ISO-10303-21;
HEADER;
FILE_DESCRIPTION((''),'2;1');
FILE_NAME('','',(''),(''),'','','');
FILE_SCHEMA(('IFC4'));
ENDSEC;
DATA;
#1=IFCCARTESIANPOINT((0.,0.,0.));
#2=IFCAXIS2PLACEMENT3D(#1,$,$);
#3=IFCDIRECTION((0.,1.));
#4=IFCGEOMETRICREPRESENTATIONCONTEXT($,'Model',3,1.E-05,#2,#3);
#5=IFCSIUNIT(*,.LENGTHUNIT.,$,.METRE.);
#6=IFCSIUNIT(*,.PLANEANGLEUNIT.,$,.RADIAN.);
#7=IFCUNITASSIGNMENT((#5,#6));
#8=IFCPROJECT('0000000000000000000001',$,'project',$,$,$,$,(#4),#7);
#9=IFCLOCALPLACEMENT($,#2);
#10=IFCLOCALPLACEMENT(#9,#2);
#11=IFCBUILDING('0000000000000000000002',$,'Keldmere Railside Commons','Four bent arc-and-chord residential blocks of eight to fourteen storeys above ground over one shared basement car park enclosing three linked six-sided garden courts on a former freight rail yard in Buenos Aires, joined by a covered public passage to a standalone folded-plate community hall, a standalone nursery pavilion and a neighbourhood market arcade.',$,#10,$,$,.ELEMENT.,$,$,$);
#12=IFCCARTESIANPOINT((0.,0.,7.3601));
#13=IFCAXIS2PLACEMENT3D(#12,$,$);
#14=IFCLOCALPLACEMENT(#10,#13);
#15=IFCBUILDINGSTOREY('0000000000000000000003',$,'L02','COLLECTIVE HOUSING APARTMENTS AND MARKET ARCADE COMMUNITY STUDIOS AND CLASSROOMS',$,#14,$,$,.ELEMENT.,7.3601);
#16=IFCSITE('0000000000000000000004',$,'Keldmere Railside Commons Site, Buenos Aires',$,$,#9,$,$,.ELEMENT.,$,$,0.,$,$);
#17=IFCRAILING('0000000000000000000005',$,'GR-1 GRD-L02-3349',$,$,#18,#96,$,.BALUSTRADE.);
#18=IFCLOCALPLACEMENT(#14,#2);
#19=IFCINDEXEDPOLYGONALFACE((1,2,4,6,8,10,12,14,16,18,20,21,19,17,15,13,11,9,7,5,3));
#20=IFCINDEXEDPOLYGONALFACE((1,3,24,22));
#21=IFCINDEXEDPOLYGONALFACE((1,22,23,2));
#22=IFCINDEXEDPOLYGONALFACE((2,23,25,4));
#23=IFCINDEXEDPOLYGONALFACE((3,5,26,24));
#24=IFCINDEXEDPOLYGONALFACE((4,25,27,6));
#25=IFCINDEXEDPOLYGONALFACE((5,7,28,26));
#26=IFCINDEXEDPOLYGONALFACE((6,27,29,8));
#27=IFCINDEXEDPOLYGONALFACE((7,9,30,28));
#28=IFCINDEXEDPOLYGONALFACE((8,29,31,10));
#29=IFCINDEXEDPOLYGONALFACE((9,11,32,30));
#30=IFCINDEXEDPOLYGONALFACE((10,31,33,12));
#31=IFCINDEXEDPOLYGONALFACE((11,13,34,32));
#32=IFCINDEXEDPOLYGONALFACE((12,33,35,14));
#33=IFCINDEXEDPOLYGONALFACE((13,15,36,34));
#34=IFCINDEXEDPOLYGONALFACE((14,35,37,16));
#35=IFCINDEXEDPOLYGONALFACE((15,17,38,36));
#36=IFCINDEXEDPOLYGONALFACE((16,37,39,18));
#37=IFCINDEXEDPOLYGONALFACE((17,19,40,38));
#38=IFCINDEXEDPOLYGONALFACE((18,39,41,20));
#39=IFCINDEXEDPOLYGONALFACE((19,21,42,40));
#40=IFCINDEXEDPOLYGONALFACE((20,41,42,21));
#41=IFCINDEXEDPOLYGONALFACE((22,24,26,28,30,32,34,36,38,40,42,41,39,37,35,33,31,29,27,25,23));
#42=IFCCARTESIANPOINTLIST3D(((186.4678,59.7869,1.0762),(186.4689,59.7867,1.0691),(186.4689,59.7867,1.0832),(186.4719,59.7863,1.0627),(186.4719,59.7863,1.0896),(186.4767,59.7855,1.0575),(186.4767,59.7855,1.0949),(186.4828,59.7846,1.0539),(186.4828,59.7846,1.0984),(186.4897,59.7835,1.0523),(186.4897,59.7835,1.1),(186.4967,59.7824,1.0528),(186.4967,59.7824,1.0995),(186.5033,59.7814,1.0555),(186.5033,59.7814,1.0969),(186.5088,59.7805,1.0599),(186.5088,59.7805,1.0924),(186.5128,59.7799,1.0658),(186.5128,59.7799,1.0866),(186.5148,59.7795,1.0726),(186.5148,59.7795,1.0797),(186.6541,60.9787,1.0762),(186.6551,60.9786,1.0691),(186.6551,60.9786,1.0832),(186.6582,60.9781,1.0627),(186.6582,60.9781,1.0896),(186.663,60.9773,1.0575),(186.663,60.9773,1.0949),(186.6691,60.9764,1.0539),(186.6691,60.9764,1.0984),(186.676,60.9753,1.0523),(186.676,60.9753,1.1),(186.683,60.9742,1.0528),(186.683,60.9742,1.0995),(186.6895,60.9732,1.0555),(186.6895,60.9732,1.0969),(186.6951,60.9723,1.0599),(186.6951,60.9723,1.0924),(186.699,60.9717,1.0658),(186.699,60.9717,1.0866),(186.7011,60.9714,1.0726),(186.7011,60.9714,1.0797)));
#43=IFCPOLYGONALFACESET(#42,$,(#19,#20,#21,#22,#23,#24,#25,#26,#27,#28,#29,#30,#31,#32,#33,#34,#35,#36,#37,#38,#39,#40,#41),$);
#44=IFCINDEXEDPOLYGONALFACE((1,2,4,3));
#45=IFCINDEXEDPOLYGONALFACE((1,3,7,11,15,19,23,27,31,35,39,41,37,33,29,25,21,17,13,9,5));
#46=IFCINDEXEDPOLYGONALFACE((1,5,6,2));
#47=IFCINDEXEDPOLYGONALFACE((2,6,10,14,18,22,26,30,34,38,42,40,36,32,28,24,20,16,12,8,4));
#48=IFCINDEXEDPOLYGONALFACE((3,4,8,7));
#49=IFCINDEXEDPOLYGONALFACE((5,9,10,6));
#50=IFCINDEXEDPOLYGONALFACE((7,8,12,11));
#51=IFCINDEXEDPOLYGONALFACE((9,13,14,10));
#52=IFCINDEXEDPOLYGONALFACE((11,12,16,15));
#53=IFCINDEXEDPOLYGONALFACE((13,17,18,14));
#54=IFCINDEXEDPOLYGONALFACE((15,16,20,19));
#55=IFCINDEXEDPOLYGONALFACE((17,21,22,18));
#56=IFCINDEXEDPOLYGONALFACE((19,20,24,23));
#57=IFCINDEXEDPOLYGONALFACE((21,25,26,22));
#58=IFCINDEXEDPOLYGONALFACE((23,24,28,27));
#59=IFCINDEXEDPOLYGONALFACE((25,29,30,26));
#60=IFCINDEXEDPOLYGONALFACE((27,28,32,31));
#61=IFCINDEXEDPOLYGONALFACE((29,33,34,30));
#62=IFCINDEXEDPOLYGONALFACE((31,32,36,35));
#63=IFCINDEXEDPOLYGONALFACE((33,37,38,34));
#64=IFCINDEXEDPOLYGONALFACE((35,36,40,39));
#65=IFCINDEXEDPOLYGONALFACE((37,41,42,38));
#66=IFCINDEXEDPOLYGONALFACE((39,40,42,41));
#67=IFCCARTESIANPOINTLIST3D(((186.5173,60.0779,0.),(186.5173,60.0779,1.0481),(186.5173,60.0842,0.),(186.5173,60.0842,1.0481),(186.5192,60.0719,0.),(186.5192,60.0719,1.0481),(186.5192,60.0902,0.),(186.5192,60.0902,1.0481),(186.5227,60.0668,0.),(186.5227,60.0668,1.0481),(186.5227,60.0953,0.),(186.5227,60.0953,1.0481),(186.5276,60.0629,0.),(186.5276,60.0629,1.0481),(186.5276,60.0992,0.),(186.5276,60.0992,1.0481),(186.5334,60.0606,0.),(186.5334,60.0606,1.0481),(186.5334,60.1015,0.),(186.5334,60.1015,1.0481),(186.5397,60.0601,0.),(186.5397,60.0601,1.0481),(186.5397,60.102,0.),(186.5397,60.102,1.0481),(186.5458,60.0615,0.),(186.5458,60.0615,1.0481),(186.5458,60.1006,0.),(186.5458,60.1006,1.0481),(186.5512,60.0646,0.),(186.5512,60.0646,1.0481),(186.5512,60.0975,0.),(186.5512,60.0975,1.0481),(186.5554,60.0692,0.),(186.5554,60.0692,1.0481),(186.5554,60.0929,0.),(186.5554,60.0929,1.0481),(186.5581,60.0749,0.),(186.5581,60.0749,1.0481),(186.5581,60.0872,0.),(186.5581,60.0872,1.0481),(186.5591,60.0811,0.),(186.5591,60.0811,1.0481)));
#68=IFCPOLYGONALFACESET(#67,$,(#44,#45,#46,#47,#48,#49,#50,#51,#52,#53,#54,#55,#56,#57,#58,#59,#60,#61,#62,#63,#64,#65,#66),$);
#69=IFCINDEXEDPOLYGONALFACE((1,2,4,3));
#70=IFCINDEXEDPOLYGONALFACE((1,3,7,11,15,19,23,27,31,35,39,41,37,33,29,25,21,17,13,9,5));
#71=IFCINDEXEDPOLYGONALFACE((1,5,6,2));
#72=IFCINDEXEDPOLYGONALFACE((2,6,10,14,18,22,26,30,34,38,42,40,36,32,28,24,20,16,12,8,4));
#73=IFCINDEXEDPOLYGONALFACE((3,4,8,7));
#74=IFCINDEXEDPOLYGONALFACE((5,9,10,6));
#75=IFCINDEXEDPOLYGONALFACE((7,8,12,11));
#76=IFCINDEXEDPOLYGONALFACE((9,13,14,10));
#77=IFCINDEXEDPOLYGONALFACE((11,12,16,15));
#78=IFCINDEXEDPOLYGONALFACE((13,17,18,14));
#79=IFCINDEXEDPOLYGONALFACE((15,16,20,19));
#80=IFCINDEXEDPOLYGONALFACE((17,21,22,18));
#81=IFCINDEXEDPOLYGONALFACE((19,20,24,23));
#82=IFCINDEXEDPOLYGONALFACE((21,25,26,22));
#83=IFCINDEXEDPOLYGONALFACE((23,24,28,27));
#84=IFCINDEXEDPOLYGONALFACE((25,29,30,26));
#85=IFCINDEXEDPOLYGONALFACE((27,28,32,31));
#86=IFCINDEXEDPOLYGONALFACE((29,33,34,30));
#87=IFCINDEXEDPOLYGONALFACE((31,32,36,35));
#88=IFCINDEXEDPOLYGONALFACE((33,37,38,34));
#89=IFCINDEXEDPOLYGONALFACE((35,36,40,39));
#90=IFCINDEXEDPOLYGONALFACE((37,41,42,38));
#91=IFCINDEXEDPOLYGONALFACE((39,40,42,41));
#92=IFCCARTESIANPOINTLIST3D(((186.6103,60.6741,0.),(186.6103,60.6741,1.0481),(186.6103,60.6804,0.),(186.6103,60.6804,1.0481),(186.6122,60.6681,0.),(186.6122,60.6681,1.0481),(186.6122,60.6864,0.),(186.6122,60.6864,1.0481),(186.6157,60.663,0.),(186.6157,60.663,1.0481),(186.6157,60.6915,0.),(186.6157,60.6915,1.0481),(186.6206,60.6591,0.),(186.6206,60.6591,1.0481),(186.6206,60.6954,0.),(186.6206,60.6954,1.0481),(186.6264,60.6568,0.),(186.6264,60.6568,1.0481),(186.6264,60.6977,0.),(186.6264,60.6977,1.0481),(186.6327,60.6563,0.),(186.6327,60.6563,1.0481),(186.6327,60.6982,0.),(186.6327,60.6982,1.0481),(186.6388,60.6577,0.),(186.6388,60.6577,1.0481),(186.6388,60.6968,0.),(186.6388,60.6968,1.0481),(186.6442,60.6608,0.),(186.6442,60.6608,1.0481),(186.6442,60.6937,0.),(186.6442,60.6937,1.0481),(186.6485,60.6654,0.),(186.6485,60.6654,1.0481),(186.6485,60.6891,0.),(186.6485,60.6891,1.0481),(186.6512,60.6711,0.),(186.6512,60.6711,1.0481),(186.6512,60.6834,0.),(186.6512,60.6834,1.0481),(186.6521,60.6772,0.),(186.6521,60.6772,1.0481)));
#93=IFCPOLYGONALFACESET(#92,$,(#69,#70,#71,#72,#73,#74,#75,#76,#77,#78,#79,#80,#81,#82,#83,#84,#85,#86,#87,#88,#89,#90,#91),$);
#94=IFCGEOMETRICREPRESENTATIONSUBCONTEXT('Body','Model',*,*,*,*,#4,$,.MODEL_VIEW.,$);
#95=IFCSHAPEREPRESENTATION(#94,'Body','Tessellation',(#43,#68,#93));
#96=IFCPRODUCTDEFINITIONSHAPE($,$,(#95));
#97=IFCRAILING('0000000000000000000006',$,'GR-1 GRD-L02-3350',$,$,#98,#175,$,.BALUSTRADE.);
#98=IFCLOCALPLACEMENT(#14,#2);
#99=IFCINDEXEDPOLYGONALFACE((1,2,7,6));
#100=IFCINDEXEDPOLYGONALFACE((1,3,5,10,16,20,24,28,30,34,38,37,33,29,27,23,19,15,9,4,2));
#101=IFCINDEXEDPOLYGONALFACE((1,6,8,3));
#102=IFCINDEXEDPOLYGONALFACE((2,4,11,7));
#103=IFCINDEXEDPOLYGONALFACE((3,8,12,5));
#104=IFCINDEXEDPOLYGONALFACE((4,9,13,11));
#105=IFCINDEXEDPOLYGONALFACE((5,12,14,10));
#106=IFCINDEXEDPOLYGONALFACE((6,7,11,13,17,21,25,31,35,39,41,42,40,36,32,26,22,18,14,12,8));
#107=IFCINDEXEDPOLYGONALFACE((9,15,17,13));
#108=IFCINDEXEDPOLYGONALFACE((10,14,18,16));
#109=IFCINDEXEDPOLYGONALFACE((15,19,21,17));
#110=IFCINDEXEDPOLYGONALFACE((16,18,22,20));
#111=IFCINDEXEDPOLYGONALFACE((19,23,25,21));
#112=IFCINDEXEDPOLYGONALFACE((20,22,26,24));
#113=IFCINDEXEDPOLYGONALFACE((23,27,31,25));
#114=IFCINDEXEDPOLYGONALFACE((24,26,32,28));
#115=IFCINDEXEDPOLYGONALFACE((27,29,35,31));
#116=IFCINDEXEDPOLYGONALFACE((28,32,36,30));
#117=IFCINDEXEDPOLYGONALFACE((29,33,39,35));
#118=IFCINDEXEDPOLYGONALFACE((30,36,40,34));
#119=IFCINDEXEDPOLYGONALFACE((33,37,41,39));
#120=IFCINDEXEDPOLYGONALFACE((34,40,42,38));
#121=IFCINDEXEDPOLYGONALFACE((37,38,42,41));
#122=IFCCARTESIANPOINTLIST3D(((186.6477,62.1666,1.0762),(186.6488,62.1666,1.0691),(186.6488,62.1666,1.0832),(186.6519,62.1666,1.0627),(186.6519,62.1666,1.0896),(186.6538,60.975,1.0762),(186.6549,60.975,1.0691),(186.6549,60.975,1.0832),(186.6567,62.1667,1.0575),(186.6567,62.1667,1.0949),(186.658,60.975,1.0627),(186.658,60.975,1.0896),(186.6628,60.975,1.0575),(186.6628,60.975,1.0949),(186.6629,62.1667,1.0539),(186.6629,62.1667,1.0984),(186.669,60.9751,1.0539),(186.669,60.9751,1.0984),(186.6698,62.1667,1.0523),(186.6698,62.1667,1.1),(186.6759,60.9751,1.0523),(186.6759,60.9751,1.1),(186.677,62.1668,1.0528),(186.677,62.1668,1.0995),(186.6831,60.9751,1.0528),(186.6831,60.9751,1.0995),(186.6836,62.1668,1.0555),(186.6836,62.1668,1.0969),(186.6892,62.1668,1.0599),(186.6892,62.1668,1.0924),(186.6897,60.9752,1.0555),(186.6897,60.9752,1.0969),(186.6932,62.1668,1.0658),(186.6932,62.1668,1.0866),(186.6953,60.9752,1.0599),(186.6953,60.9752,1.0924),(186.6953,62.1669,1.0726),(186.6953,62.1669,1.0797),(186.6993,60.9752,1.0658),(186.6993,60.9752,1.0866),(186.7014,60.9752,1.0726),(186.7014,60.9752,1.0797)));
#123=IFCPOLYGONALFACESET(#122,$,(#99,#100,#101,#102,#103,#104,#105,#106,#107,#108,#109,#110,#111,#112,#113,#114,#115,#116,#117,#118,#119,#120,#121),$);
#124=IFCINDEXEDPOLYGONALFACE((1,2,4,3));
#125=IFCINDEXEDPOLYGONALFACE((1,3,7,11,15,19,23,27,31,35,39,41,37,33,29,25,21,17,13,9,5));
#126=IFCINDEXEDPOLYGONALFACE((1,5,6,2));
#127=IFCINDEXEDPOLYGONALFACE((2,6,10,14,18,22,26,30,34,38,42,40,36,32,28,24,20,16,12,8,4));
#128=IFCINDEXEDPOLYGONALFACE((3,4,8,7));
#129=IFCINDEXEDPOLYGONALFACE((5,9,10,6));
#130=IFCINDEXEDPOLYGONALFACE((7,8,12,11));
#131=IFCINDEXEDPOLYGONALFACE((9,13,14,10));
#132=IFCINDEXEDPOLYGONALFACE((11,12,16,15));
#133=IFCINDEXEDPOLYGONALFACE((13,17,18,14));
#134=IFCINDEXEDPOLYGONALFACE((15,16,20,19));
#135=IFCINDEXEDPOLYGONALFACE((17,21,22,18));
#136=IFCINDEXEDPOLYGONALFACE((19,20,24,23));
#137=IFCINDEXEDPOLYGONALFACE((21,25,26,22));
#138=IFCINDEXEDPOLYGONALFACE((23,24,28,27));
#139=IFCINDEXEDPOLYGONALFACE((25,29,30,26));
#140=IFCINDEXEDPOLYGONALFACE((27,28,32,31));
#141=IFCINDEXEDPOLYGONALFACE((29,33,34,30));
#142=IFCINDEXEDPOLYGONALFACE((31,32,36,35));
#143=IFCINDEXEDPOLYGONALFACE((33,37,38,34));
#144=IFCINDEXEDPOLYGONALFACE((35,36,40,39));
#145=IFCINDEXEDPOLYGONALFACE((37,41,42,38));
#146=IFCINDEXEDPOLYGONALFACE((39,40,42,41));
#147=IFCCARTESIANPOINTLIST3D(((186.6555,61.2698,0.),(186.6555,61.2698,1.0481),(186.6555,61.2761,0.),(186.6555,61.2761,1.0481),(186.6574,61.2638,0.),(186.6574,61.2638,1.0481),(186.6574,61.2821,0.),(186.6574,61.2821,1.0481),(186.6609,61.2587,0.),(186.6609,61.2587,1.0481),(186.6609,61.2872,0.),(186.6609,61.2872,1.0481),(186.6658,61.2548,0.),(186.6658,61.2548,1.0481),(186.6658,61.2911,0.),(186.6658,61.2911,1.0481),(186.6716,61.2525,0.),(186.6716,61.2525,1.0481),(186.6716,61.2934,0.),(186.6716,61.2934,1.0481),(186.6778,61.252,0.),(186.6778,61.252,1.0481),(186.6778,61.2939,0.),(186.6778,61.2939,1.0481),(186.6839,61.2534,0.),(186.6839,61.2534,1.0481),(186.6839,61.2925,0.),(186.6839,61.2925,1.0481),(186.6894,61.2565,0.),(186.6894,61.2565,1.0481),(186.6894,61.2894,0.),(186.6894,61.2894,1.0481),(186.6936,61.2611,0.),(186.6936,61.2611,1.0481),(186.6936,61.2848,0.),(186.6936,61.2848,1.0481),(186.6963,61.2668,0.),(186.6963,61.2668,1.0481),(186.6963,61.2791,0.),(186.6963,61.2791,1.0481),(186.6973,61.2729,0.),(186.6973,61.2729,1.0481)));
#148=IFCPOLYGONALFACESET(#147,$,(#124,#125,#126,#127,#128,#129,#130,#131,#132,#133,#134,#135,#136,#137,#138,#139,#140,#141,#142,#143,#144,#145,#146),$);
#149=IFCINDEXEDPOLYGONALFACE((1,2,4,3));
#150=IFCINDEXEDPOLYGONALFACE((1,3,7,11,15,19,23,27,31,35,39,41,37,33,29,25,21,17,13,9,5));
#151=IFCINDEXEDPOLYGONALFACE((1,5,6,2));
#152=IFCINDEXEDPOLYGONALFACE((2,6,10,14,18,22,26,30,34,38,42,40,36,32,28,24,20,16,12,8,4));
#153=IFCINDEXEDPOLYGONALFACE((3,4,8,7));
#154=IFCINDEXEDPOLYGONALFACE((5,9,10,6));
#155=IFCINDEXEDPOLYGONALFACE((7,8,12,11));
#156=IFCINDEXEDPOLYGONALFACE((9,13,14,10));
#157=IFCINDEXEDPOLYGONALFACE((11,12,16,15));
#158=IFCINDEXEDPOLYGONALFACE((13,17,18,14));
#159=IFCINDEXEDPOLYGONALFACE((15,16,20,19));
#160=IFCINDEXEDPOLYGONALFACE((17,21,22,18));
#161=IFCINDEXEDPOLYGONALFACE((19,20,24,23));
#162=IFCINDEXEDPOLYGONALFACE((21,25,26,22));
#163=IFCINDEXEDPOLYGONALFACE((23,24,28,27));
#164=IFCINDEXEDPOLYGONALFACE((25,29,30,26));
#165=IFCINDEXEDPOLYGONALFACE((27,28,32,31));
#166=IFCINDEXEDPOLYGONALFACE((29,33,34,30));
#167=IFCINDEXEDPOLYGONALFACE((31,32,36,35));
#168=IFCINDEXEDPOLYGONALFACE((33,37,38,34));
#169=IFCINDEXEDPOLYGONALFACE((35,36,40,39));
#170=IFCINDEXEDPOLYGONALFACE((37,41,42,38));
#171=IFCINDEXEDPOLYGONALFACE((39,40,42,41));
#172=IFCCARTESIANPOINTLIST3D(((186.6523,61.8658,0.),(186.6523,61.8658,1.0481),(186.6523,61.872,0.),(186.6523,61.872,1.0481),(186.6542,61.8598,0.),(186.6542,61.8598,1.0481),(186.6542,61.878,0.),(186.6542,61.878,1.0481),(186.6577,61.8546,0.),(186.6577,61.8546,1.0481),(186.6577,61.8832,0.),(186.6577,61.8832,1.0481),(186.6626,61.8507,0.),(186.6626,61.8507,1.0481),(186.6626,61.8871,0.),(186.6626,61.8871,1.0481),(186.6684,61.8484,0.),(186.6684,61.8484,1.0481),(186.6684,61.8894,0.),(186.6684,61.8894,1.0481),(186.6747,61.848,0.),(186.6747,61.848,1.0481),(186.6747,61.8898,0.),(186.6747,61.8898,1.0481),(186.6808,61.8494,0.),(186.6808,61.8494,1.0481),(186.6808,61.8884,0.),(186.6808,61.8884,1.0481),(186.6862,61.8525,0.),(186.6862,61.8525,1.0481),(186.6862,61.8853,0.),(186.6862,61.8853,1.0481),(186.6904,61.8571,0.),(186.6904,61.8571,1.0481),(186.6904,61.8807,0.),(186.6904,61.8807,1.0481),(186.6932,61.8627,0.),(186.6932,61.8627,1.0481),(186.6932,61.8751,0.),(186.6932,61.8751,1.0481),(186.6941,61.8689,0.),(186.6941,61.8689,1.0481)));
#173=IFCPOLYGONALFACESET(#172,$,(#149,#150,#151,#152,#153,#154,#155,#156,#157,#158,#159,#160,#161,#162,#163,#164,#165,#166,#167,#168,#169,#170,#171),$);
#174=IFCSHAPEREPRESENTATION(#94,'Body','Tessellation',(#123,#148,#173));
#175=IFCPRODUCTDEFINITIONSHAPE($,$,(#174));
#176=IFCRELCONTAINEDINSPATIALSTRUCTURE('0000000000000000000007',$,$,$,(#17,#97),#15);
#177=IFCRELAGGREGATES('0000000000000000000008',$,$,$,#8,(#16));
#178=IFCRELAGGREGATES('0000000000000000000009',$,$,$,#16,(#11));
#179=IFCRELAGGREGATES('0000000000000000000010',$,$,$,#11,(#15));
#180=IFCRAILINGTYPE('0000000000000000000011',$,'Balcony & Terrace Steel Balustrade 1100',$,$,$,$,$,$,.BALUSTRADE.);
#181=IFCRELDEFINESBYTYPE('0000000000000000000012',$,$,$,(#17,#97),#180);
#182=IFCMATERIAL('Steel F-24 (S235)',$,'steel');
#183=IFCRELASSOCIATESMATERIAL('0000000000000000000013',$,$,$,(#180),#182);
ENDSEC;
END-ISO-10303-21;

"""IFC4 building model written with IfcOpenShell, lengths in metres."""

from ifc_helpers import new_model, si_unit, direction, frame, origin, origin_2d, place, context, subcontext, project, spatial, circle, extrude, material, type_object, element, save


model = new_model("IFC4")

# Units and contexts
model_context = context("Model", 3, precision=1e-05, world=origin(), true_north=direction((0.0, 1.0)))
body_context = subcontext(model_context, "Body", "Model", "MODEL_VIEW")
ifc_project = project(units=[si_unit("LENGTHUNIT", "METRE"), si_unit("PLANEANGLEUNIT", "RADIAN")], contexts=[model_context])

# Site, building, storey
site_placement = place(None, origin())
site = spatial("IfcSite", under=ifc_project, at=site_placement, Name="Keldmere Railside Commons Site, Buenos Aires", CompositionType="ELEMENT", RefElevation=0.0)
building_placement = place(site_placement, origin())
building = spatial("IfcBuilding", under=site, at=building_placement, Name="Keldmere Railside Commons", Description="Four bent arc-and-chord residential blocks of eight to fourteen storeys above ground over one shared basement car park enclosing three linked six-sided garden courts on a former freight rail yard in Buenos Aires, joined by a covered public passage to a standalone folded-plate community hall, a standalone nursery pavilion and a neighbourhood market arcade.", CompositionType="ELEMENT")
storey_placement = place(building_placement, frame((0.0, 0.0, 7.3601)))
storey = spatial("IfcBuildingStorey", under=building, at=storey_placement, Name="L02", Description="COLLECTIVE HOUSING APARTMENTS AND MARKET ARCADE COMMUNITY STUDIOS AND CLASSROOMS", CompositionType="ELEMENT", Elevation=7.3601)

# Shared definitions
ifc_material_1 = material(Name="Steel F-24 (S235)", Category="steel")

# Railings
railing_type_1 = type_object("IfcRailingType", Name="Balcony & Terrace Steel Balustrade 1100", PredefinedType="BALUSTRADE", material=ifc_material_1)
railing_1_placement = place(storey_placement, frame((186.4915, 59.7832, 0.0)))
element("IfcRailing", 1, at=railing_1_placement, inside=storey, type_object=railing_type_1, Name="GR-1 GRD-L02-3349", PredefinedType="BALUSTRADE", context=body_context, shape_type="SweptSolid", body=[
    extrude(circle(Radius=0.0239, at=origin_2d()), frame((0.0, 0.0, 1.0762), z_axis=(0.154414, 0.988006, 0.0), x_axis=(-0.988006, 0.154414, 0.0)), (0.0, 0.0, 1.0), 1.2063),
    extrude(circle(Radius=0.021, at=origin_2d()), frame((0.0466, 0.2979, 0.0)), (0.0, 0.0, 1.0), 1.0481),
    extrude(circle(Radius=0.021, at=origin_2d()), frame((0.1396, 0.894, 0.0)), (0.0, 0.0, 1.0), 1.0481),
])
railing_2_placement = place(storey_placement, frame((186.6777, 60.9751, 0.0)))
element("IfcRailing", 2, at=railing_2_placement, inside=storey, type_object=railing_type_1, Name="GR-1 GRD-L02-3350", PredefinedType="BALUSTRADE", context=body_context, shape_type="SweptSolid", body=[
    extrude(circle(Radius=0.0239, at=origin_2d()), frame((0.0, 0.0, 1.0762), z_axis=(-0.005122, 0.999987, 0.0), x_axis=(-0.999987, -0.005122, 0.0)), (0.0, 0.0, 1.0), 1.1917),
    extrude(circle(Radius=0.021, at=origin_2d()), frame((-0.0015, 0.2979, 0.0)), (0.0, 0.0, 1.0), 1.0481),
    extrude(circle(Radius=0.021, at=origin_2d()), frame((-0.0046, 0.8938, 0.0)), (0.0, 0.0, 1.0), 1.0481),
])

save(model, "model.ifc")
